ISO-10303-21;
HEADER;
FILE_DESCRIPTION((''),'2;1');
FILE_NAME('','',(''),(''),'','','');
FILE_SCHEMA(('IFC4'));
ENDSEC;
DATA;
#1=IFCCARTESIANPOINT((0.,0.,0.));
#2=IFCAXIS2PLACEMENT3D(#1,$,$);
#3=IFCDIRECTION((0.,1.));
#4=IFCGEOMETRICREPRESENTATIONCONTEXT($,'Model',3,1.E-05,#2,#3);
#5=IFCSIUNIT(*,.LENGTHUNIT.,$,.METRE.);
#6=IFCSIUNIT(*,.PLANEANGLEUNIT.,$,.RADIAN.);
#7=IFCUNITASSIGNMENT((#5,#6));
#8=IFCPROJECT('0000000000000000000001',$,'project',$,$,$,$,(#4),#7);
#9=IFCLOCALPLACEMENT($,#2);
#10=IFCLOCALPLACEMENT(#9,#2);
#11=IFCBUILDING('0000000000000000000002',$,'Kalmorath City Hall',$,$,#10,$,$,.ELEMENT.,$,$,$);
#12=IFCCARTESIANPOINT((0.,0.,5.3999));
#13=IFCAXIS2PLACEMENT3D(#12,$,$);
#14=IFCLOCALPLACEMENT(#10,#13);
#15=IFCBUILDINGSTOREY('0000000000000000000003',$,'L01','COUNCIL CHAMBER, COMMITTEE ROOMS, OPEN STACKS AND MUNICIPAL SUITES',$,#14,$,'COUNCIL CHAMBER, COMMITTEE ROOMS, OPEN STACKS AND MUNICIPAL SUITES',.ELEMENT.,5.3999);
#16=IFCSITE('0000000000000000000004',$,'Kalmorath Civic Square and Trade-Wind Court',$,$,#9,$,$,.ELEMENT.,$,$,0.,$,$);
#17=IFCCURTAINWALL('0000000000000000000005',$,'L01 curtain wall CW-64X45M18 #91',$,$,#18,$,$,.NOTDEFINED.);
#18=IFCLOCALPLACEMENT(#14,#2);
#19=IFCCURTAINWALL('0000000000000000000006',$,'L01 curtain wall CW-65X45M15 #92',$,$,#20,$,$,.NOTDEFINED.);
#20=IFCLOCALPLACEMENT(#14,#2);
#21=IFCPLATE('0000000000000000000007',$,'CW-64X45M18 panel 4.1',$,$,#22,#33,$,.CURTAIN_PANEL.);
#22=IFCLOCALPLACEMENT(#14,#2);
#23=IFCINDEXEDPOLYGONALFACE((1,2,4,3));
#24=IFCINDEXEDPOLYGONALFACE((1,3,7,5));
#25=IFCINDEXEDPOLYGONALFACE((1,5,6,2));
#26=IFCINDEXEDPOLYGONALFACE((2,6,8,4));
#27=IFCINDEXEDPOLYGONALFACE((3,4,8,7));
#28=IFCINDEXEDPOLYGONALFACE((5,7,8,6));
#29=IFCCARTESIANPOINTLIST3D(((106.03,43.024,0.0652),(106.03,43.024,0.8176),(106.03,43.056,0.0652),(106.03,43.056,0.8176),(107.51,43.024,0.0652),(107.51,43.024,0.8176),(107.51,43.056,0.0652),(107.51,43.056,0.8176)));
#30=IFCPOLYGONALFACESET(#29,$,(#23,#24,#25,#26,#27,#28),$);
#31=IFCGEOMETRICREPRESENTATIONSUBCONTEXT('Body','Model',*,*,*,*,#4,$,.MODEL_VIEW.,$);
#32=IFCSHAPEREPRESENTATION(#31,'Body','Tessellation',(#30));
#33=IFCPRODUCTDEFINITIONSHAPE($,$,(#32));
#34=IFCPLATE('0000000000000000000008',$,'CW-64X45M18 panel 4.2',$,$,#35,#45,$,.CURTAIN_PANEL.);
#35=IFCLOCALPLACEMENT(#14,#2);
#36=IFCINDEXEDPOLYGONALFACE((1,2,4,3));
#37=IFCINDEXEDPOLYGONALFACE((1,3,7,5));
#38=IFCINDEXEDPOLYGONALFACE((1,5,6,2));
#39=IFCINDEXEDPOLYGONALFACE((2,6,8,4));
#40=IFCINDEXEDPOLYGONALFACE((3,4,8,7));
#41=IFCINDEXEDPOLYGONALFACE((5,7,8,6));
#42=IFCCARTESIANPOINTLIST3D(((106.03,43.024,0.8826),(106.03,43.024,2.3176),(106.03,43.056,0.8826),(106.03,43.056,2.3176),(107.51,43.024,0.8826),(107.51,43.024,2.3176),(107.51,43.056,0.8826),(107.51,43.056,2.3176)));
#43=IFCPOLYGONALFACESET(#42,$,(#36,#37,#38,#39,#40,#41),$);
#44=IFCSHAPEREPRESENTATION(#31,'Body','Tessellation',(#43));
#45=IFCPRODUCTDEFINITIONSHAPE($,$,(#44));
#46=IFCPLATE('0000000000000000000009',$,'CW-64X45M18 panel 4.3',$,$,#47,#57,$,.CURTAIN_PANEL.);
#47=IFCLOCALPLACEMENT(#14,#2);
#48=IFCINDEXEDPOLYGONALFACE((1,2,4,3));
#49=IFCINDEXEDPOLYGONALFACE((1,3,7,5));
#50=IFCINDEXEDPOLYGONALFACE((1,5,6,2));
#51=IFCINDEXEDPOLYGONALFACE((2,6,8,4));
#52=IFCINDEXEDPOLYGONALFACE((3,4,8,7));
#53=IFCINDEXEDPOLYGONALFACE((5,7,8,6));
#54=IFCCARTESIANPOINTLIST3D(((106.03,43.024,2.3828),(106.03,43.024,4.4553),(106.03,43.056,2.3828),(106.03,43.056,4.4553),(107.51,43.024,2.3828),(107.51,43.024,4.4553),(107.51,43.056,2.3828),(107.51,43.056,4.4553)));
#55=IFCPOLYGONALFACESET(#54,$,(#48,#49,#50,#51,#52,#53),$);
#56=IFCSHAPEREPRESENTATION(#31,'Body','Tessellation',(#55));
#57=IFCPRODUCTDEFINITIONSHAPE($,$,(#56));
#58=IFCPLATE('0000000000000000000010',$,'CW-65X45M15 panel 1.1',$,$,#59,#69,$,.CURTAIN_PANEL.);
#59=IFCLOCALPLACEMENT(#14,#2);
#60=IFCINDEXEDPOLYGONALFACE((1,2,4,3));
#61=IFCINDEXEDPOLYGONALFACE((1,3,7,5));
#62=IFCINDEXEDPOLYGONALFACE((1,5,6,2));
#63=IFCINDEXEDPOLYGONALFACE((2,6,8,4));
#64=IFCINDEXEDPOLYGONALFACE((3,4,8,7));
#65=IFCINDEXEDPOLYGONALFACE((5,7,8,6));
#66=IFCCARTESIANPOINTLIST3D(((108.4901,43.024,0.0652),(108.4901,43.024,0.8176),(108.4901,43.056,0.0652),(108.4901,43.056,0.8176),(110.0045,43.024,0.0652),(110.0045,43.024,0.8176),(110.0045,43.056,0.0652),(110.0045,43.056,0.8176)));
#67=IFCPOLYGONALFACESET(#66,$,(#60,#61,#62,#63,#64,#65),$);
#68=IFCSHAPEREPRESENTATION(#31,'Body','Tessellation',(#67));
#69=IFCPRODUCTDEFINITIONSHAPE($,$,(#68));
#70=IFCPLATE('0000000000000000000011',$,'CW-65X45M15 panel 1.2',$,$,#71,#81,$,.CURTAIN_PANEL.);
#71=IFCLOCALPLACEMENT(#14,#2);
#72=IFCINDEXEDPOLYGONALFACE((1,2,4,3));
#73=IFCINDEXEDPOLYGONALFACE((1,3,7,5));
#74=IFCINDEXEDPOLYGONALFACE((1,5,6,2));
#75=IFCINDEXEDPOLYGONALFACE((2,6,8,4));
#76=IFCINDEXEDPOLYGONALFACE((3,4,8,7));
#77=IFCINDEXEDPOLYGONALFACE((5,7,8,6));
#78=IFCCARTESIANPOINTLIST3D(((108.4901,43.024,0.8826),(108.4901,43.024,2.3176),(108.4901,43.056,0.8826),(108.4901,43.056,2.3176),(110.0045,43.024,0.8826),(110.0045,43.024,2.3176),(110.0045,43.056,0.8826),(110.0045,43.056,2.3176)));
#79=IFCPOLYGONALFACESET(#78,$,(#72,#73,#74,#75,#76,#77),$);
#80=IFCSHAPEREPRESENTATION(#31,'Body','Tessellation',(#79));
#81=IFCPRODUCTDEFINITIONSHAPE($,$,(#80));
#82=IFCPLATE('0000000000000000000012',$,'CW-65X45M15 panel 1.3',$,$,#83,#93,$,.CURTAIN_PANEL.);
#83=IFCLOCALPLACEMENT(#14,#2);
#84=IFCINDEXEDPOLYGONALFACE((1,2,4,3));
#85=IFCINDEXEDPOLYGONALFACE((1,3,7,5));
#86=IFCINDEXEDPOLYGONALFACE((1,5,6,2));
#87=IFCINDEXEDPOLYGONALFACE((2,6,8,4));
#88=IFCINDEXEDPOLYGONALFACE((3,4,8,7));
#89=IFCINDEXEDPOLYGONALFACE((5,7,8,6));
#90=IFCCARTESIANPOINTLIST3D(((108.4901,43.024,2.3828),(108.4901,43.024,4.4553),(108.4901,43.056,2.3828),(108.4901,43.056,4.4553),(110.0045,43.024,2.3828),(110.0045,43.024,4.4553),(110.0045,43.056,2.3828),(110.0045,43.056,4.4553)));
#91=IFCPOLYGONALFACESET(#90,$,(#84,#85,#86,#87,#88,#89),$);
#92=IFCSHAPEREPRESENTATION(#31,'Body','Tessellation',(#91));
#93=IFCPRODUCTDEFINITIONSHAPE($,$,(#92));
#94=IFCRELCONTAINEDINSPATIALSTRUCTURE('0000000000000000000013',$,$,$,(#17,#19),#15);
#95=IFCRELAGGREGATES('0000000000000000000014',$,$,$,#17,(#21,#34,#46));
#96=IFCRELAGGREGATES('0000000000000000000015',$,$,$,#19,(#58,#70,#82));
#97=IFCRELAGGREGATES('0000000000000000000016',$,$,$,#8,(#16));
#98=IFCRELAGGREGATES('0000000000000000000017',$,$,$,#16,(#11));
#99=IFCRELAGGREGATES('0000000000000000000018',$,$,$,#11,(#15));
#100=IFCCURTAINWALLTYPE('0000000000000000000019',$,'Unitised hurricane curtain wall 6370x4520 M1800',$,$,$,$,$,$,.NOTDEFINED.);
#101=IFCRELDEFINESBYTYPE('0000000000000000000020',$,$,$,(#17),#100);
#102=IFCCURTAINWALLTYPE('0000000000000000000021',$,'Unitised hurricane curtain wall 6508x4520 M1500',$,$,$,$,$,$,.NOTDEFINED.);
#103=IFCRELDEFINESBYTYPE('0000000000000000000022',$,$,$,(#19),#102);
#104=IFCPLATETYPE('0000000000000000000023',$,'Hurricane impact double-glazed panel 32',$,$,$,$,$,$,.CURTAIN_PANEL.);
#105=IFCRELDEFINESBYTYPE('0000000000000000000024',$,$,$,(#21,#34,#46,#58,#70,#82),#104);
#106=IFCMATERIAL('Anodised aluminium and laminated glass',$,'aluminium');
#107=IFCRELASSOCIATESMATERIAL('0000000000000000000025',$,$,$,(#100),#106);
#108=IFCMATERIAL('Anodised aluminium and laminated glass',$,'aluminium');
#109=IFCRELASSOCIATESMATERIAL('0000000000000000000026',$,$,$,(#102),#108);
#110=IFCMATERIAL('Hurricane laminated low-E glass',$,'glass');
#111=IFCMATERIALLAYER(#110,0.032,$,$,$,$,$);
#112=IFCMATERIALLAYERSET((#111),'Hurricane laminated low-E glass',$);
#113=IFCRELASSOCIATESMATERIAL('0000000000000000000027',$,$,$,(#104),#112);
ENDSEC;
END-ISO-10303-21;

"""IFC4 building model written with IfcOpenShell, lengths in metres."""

from ifc_helpers import new_model, si_unit, direction, frame, origin, origin_2d, place, context, subcontext, project, spatial, rectangle, extrude, material, layer, layer_set, type_object, element, aggregate, save


model = new_model("IFC4")

# Units and contexts
model_context = context("Model", 3, precision=1e-05, world=origin(), true_north=direction((0.0, 1.0)))
body_context = subcontext(model_context, "Body", "Model", "MODEL_VIEW")
ifc_project = project(units=[si_unit("LENGTHUNIT", "METRE"), si_unit("PLANEANGLEUNIT", "RADIAN")], contexts=[model_context])

# Site, building, storey
site_placement = place(None, origin())
site = spatial("IfcSite", under=ifc_project, at=site_placement, Name="Kalmorath Civic Square and Trade-Wind Court", CompositionType="ELEMENT", RefElevation=0.0)
building_placement = place(site_placement, origin())
building = spatial("IfcBuilding", under=site, at=building_placement, Name="Kalmorath City Hall", CompositionType="ELEMENT")
storey_placement = place(building_placement, frame((0.0, 0.0, 5.3999)))
storey = spatial("IfcBuildingStorey", under=building, at=storey_placement, Name="L01", Description="COUNCIL CHAMBER, COMMITTEE ROOMS, OPEN STACKS AND MUNICIPAL SUITES", LongName="COUNCIL CHAMBER, COMMITTEE ROOMS, OPEN STACKS AND MUNICIPAL SUITES", CompositionType="ELEMENT", Elevation=5.3999)

# Curtain wall
ifc_material_1 = material(Name="Anodised aluminium and laminated glass", Category="aluminium")
curtain_wall_type_1 = type_object("IfcCurtainWallType", Name="Unitised hurricane curtain wall 6370x4520 M1800", PredefinedType="NOTDEFINED", material=ifc_material_1)
curtain_wall_1_placement = place(storey_placement, origin())
curtain_wall_1 = element("IfcCurtainWall", 1, at=curtain_wall_1_placement, inside=storey, type_object=curtain_wall_type_1, Name="L01 curtain wall CW-64X45M18 #91", PredefinedType="NOTDEFINED")

# Curtain wall
ifc_material_2 = material(Name="Anodised aluminium and laminated glass", Category="aluminium")
curtain_wall_type_2 = type_object("IfcCurtainWallType", Name="Unitised hurricane curtain wall 6508x4520 M1500", PredefinedType="NOTDEFINED", material=ifc_material_2)
curtain_wall_2_placement = place(storey_placement, origin())
curtain_wall_2 = element("IfcCurtainWall", 2, at=curtain_wall_2_placement, inside=storey, type_object=curtain_wall_type_2, Name="L01 curtain wall CW-65X45M15 #92", PredefinedType="NOTDEFINED")

# Plates
ifc_material_3 = material(Name="Hurricane laminated low-E glass", Category="glass")
ifc_layer = layer(ifc_material_3, 0.032)
ifc_layer_set = layer_set([ifc_layer], Name="Hurricane laminated low-E glass")
plate_type = type_object("IfcPlateType", Name="Hurricane impact double-glazed panel 32", PredefinedType="CURTAIN_PANEL", material=ifc_layer_set)
plate_1_placement = place(storey_placement, frame((106.77, 43.04, 0.0652), z_axis=(0.0, 0.0, 1.0), x_axis=(1.0, 0.0, 0.0)))
plate_1 = element("IfcPlate", 3, at=plate_1_placement, type_object=plate_type, Name="CW-64X45M18 panel 4.1", PredefinedType="CURTAIN_PANEL", context=body_context, shape_type="SweptSolid", body=[
    extrude(rectangle(XDim=1.48, YDim=0.032, at=origin_2d()), origin(), (0.0, 0.0, 1.0), 0.7524),
])
plate_2_placement = place(storey_placement, frame((106.77, 43.04, 0.8826), z_axis=(0.0, 0.0, 1.0), x_axis=(1.0, 0.0, 0.0)))
plate_2 = element("IfcPlate", 4, at=plate_2_placement, type_object=plate_type, Name="CW-64X45M18 panel 4.2", PredefinedType="CURTAIN_PANEL", context=body_context, shape_type="SweptSolid", body=[
    extrude(rectangle(XDim=1.48, YDim=0.032, at=origin_2d()), origin(), (0.0, 0.0, 1.0), 1.4351),
])
plate_3_placement = place(storey_placement, frame((106.77, 43.04, 2.3828), z_axis=(0.0, 0.0, 1.0), x_axis=(1.0, 0.0, 0.0)))
plate_3 = element("IfcPlate", 5, at=plate_3_placement, type_object=plate_type, Name="CW-64X45M18 panel 4.3", PredefinedType="CURTAIN_PANEL", context=body_context, shape_type="SweptSolid", body=[
    extrude(rectangle(XDim=1.48, YDim=0.032, at=origin_2d()), origin(), (0.0, 0.0, 1.0), 2.0725),
])
aggregate(curtain_wall_1, [plate_1, plate_2, plate_3])
plate_4_placement = place(storey_placement, frame((109.2473, 43.04, 0.0652), z_axis=(0.0, 0.0, 1.0), x_axis=(1.0, 0.0, 0.0)))
plate_4 = element("IfcPlate", 6, at=plate_4_placement, type_object=plate_type, Name="CW-65X45M15 panel 1.1", PredefinedType="CURTAIN_PANEL", context=body_context, shape_type="SweptSolid", body=[
    extrude(rectangle(XDim=1.5144, YDim=0.032, at=origin_2d()), origin(), (0.0, 0.0, 1.0), 0.7524),
])
plate_5_placement = place(storey_placement, frame((109.2473, 43.04, 0.8826), z_axis=(0.0, 0.0, 1.0), x_axis=(1.0, 0.0, 0.0)))
plate_5 = element("IfcPlate", 7, at=plate_5_placement, type_object=plate_type, Name="CW-65X45M15 panel 1.2", PredefinedType="CURTAIN_PANEL", context=body_context, shape_type="SweptSolid", body=[
    extrude(rectangle(XDim=1.5144, YDim=0.032, at=origin_2d()), origin(), (0.0, 0.0, 1.0), 1.4351),
])
plate_6_placement = place(storey_placement, frame((109.2473, 43.04, 2.3828), z_axis=(0.0, 0.0, 1.0), x_axis=(1.0, 0.0, 0.0)))
plate_6 = element("IfcPlate", 8, at=plate_6_placement, type_object=plate_type, Name="CW-65X45M15 panel 1.3", PredefinedType="CURTAIN_PANEL", context=body_context, shape_type="SweptSolid", body=[
    extrude(rectangle(XDim=1.5144, YDim=0.032, at=origin_2d()), origin(), (0.0, 0.0, 1.0), 2.0725),
])
aggregate(curtain_wall_2, [plate_4, plate_5, plate_6])

save(model, "model.ifc")
